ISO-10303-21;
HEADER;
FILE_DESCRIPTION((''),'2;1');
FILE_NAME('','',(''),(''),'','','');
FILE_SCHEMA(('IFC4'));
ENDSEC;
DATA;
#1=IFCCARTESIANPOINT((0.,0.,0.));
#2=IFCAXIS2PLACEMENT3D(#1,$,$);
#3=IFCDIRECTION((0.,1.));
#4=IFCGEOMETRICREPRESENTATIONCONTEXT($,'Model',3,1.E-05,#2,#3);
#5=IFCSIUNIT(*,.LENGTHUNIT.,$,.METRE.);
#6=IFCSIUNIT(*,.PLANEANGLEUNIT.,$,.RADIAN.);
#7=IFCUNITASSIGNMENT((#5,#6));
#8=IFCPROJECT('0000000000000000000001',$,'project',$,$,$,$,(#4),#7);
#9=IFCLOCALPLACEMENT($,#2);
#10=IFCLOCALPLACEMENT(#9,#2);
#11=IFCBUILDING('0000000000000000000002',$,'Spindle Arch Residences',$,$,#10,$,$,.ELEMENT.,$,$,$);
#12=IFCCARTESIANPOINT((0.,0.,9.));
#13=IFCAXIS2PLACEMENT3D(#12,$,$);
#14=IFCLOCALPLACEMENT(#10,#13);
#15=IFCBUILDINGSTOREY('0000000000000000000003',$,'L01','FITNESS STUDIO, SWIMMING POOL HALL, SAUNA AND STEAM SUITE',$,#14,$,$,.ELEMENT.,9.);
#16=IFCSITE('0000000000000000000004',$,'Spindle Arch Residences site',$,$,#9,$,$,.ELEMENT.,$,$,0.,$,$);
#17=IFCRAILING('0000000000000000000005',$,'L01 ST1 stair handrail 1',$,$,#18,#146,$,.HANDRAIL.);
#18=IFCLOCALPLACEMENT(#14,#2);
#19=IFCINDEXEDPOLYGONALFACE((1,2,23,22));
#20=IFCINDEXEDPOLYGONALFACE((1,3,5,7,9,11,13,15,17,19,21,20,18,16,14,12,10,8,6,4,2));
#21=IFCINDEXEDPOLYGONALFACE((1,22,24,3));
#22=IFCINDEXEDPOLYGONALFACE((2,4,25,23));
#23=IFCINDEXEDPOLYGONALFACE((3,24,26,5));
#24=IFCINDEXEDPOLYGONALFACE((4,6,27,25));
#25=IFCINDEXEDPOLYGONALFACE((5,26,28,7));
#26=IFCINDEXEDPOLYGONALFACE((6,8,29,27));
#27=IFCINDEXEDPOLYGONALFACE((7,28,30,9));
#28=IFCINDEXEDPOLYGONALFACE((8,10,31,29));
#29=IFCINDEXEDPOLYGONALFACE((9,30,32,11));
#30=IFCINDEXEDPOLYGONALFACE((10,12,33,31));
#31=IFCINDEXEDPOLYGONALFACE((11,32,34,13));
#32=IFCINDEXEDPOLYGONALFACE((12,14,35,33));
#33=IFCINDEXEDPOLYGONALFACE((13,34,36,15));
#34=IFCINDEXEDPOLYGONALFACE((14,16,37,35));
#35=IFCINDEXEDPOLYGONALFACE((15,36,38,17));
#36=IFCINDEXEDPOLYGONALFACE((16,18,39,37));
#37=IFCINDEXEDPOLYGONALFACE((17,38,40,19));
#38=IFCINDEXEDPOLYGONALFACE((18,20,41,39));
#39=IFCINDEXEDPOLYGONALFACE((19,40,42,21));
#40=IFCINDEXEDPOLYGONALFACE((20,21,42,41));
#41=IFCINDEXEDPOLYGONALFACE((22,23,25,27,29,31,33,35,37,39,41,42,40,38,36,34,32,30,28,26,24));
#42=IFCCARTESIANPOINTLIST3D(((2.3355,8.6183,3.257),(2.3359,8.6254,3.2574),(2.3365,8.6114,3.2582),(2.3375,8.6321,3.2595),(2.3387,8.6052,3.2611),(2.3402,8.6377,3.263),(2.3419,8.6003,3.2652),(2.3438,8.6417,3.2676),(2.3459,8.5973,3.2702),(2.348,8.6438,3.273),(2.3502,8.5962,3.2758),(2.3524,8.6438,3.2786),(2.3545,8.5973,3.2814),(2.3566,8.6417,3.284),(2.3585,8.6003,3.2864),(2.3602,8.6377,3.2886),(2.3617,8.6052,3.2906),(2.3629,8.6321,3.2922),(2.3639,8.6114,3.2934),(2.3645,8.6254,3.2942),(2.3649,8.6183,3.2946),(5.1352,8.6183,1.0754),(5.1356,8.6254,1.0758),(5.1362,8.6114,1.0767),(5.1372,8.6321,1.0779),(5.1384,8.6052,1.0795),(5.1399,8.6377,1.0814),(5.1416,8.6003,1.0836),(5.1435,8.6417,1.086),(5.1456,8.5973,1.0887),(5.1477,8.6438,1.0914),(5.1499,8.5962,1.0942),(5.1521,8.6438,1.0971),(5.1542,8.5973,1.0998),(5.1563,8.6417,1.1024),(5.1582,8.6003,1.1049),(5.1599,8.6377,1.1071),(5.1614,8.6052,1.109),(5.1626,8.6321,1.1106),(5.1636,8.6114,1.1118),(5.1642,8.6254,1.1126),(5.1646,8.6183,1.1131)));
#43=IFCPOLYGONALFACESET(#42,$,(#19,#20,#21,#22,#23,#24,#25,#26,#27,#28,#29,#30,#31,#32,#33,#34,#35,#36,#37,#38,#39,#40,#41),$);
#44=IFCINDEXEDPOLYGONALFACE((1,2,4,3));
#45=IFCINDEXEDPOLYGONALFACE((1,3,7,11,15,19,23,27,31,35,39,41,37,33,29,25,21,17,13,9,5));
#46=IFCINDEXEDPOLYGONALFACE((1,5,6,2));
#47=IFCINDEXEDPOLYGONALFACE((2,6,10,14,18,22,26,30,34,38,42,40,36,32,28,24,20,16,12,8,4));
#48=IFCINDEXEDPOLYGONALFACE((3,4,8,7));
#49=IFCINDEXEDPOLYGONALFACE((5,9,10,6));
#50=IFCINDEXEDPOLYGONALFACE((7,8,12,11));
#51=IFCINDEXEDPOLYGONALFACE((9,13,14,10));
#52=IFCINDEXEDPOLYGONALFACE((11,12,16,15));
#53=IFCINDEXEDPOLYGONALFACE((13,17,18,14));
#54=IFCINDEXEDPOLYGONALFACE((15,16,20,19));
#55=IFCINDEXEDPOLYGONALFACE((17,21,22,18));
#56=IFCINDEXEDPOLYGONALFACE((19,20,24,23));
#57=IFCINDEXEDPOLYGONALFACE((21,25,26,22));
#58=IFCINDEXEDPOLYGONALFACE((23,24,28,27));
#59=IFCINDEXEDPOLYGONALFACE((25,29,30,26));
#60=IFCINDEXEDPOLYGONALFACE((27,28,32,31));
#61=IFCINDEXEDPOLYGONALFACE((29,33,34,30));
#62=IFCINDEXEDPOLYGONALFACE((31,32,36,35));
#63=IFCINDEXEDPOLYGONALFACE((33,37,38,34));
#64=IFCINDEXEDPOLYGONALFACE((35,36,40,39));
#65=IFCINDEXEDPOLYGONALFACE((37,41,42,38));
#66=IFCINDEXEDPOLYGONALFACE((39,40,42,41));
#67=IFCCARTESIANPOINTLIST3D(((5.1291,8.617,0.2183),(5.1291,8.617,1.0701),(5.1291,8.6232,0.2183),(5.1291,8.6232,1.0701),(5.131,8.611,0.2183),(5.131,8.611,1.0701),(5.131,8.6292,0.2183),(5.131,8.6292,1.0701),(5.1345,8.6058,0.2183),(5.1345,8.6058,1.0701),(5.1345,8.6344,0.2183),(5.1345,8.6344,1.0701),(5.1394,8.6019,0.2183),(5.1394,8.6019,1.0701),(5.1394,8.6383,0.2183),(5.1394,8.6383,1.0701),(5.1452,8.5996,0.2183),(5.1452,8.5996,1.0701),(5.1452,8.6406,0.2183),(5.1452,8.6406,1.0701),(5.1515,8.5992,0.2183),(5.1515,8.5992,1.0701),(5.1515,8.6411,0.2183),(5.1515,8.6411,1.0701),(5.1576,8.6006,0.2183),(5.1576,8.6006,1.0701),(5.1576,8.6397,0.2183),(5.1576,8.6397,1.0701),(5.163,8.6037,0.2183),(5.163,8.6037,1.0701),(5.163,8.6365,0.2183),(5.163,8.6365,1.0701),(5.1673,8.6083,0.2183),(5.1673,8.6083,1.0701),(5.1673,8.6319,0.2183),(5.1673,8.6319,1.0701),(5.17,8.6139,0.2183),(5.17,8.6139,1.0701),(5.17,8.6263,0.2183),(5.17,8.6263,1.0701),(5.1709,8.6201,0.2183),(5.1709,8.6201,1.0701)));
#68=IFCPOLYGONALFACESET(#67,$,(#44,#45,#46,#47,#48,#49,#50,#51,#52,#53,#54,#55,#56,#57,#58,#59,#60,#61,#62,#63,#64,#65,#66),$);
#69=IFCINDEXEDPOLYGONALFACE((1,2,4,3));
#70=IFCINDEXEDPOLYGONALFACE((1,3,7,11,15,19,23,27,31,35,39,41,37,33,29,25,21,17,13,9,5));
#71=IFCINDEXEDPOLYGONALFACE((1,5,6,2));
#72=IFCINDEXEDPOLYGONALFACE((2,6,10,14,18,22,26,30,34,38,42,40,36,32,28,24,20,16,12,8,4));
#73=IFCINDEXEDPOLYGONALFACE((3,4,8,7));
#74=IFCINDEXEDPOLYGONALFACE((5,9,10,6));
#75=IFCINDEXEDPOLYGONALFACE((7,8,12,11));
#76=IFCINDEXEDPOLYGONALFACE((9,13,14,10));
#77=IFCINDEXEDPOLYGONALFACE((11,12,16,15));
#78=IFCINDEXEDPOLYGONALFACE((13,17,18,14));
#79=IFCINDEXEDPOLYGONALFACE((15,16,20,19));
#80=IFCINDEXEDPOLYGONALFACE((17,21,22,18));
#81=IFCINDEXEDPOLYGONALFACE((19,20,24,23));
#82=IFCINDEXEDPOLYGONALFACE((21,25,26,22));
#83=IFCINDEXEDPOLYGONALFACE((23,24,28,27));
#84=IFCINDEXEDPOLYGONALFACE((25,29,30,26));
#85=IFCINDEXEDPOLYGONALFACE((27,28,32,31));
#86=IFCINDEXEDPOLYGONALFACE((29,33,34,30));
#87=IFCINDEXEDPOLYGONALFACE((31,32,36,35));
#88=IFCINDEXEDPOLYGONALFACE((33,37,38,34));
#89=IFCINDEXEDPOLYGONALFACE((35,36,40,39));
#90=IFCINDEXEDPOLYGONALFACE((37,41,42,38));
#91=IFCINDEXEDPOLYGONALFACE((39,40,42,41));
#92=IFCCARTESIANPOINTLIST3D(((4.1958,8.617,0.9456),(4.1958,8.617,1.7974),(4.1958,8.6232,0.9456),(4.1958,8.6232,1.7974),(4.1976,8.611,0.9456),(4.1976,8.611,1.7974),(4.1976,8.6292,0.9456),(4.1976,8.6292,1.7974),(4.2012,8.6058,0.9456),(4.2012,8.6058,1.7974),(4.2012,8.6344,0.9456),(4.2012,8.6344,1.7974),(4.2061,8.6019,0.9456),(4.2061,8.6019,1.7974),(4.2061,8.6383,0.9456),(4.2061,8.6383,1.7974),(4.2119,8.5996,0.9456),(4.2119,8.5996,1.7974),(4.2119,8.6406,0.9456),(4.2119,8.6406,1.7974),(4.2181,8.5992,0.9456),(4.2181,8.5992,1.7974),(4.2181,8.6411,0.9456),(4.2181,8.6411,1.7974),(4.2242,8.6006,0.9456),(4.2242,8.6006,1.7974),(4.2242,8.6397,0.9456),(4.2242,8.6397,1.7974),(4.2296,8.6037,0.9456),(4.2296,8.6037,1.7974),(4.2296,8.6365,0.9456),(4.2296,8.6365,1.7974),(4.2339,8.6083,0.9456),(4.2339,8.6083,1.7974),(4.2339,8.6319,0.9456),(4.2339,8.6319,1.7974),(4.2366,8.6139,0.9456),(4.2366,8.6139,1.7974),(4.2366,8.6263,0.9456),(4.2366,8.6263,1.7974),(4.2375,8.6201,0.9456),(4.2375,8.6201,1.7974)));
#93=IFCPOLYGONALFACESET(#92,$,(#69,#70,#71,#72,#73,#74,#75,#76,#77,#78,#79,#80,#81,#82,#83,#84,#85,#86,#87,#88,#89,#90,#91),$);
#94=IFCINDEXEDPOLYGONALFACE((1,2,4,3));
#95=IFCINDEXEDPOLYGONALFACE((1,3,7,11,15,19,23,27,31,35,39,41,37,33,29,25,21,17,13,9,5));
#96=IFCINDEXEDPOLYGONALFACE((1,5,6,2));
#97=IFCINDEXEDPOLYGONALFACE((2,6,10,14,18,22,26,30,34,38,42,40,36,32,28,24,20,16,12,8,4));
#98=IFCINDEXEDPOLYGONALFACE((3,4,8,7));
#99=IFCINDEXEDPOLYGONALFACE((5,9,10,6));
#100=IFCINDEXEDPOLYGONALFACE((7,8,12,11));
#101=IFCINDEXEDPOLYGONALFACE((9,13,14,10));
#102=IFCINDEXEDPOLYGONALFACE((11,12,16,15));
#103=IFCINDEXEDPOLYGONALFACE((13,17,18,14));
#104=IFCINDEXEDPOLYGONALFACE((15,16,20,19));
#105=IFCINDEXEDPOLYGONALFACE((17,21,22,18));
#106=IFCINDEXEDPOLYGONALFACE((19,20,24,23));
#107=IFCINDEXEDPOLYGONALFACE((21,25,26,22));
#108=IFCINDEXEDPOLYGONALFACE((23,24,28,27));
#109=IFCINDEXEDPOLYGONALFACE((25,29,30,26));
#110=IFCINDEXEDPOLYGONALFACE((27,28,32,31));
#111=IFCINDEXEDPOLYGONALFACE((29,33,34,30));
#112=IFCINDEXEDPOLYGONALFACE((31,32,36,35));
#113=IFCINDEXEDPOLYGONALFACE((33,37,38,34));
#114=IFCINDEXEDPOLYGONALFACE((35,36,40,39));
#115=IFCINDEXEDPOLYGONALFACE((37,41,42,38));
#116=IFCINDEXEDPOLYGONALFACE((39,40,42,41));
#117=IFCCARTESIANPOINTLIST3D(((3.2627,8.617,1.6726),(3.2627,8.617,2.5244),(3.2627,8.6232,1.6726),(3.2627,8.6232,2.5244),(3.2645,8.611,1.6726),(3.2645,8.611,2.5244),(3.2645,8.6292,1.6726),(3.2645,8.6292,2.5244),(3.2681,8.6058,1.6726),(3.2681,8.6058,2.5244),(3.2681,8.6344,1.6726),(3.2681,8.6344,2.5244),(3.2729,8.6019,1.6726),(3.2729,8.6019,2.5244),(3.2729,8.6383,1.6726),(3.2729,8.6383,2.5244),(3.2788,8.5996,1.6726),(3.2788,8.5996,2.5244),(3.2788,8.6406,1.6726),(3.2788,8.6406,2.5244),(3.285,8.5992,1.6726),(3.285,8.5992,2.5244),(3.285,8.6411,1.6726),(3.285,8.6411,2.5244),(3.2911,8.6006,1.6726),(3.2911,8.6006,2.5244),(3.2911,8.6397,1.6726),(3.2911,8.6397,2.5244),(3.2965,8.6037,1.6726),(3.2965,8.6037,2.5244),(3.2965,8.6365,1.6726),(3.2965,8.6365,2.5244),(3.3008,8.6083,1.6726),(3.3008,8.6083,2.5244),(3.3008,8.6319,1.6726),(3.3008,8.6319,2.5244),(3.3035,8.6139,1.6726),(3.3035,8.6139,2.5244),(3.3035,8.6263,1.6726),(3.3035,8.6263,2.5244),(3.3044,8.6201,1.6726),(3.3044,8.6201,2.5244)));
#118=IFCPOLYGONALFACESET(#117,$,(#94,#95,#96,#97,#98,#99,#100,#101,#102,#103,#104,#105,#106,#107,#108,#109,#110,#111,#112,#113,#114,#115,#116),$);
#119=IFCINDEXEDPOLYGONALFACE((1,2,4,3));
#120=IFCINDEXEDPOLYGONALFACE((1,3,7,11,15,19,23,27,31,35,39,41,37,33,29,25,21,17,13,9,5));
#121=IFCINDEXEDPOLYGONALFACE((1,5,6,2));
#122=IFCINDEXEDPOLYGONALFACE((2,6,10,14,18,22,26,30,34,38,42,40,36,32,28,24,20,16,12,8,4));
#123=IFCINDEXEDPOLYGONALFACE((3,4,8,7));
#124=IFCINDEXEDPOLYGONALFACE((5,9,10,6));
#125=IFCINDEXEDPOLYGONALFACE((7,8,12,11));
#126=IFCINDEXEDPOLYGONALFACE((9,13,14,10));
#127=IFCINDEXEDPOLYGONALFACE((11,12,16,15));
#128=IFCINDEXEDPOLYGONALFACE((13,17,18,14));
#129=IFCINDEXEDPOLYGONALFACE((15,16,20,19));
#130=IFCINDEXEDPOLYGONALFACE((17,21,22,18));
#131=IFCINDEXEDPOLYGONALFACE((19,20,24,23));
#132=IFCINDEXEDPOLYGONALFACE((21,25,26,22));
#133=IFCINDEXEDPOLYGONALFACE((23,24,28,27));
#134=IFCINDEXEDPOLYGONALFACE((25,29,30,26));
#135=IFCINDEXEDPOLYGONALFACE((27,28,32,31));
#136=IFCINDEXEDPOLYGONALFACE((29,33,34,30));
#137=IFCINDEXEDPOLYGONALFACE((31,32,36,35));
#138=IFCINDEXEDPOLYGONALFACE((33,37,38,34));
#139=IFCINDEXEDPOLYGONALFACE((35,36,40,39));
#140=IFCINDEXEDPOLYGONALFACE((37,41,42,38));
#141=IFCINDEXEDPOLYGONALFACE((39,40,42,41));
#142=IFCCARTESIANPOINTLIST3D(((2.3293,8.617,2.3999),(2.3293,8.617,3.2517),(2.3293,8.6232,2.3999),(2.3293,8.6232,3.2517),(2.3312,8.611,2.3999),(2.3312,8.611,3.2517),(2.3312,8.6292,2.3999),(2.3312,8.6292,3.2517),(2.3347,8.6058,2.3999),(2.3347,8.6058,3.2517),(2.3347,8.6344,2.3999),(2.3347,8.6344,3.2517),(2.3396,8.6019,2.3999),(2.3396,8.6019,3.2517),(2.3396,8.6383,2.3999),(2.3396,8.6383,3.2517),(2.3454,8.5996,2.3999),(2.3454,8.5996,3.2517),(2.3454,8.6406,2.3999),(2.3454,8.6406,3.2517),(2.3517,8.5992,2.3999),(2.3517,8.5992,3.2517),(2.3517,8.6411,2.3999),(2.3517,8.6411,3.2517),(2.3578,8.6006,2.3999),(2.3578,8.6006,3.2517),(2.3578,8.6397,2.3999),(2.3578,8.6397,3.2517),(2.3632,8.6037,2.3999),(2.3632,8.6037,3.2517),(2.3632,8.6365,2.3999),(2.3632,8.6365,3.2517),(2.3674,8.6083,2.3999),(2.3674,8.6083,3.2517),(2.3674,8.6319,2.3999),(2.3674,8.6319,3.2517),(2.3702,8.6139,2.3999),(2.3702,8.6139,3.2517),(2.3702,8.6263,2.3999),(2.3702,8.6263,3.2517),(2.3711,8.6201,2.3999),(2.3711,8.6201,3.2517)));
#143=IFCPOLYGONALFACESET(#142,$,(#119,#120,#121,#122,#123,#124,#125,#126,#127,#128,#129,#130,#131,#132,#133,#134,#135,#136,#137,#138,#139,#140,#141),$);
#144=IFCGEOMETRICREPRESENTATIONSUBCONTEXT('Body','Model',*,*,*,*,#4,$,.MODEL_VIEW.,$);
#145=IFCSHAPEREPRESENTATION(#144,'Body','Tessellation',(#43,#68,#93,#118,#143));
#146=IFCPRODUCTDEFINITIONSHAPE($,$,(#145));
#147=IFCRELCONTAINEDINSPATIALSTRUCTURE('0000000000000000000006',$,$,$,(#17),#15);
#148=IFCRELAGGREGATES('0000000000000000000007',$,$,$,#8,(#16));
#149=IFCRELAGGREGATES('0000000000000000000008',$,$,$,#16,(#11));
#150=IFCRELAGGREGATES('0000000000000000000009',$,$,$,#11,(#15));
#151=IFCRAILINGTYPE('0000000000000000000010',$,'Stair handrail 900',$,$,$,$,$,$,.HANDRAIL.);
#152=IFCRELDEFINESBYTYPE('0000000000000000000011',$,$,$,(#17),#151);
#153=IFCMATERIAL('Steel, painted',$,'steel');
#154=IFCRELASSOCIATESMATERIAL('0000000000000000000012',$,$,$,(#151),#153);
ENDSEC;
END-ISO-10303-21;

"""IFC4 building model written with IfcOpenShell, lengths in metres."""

from ifc_helpers import new_model, si_unit, direction, frame, origin, origin_2d, place, context, subcontext, project, spatial, circle, extrude, material, type_object, element, save


model = new_model("IFC4")

# Units and contexts
model_context = context("Model", 3, precision=1e-05, world=origin(), true_north=direction((0.0, 1.0)))
body_context = subcontext(model_context, "Body", "Model", "MODEL_VIEW")
ifc_project = project(units=[si_unit("LENGTHUNIT", "METRE"), si_unit("PLANEANGLEUNIT", "RADIAN")], contexts=[model_context])

# Site, building, storey
site_placement = place(None, origin())
site = spatial("IfcSite", under=ifc_project, at=site_placement, Name="Spindle Arch Residences site", CompositionType="ELEMENT", RefElevation=0.0)
building_placement = place(site_placement, origin())
building = spatial("IfcBuilding", under=site, at=building_placement, Name="Spindle Arch Residences", CompositionType="ELEMENT")
storey_placement = place(building_placement, frame((0.0, 0.0, 9.0)))
storey = spatial("IfcBuildingStorey", under=building, at=storey_placement, Name="L01", Description="FITNESS STUDIO, SWIMMING POOL HALL, SAUNA AND STEAM SUITE", CompositionType="ELEMENT", Elevation=9.0)

# Railing
ifc_material_1 = material(Name="Steel, painted", Category="steel")
railing_type_1 = type_object("IfcRailingType", Name="Stair handrail 900", PredefinedType="HANDRAIL", material=ifc_material_1)
railing_1_placement = place(storey_placement, frame((5.1499, 8.6201, 0.2183)))
element("IfcRailing", 1, at=railing_1_placement, inside=storey, type_object=railing_type_1, Name="L01 ST1 stair handrail 1", PredefinedType="HANDRAIL", context=body_context, shape_type="SweptSolid", body=[
    extrude(circle(Radius=0.0239, at=origin_2d()), frame((0.0, 0.0, 0.876), z_axis=(-0.788804, 0.0, 0.614645), x_axis=(0.0, -1.0, 0.0)), (0.0, 0.0, 1.0), 3.5493),
    extrude(circle(Radius=0.021, at=origin_2d()), origin(), (0.0, 0.0, 1.0), 0.8518),
    extrude(circle(Radius=0.021, at=origin_2d()), frame((-0.9333, 0.0, 0.7273)), (0.0, 0.0, 1.0), 0.8518),
    extrude(circle(Radius=0.021, at=origin_2d()), frame((-1.8665, 0.0, 1.4543)), (0.0, 0.0, 1.0), 0.8518),
    extrude(circle(Radius=0.021, at=origin_2d()), frame((-2.7998, 0.0, 2.1816)), (0.0, 0.0, 1.0), 0.8518),
])

save(model, "model.ifc")
